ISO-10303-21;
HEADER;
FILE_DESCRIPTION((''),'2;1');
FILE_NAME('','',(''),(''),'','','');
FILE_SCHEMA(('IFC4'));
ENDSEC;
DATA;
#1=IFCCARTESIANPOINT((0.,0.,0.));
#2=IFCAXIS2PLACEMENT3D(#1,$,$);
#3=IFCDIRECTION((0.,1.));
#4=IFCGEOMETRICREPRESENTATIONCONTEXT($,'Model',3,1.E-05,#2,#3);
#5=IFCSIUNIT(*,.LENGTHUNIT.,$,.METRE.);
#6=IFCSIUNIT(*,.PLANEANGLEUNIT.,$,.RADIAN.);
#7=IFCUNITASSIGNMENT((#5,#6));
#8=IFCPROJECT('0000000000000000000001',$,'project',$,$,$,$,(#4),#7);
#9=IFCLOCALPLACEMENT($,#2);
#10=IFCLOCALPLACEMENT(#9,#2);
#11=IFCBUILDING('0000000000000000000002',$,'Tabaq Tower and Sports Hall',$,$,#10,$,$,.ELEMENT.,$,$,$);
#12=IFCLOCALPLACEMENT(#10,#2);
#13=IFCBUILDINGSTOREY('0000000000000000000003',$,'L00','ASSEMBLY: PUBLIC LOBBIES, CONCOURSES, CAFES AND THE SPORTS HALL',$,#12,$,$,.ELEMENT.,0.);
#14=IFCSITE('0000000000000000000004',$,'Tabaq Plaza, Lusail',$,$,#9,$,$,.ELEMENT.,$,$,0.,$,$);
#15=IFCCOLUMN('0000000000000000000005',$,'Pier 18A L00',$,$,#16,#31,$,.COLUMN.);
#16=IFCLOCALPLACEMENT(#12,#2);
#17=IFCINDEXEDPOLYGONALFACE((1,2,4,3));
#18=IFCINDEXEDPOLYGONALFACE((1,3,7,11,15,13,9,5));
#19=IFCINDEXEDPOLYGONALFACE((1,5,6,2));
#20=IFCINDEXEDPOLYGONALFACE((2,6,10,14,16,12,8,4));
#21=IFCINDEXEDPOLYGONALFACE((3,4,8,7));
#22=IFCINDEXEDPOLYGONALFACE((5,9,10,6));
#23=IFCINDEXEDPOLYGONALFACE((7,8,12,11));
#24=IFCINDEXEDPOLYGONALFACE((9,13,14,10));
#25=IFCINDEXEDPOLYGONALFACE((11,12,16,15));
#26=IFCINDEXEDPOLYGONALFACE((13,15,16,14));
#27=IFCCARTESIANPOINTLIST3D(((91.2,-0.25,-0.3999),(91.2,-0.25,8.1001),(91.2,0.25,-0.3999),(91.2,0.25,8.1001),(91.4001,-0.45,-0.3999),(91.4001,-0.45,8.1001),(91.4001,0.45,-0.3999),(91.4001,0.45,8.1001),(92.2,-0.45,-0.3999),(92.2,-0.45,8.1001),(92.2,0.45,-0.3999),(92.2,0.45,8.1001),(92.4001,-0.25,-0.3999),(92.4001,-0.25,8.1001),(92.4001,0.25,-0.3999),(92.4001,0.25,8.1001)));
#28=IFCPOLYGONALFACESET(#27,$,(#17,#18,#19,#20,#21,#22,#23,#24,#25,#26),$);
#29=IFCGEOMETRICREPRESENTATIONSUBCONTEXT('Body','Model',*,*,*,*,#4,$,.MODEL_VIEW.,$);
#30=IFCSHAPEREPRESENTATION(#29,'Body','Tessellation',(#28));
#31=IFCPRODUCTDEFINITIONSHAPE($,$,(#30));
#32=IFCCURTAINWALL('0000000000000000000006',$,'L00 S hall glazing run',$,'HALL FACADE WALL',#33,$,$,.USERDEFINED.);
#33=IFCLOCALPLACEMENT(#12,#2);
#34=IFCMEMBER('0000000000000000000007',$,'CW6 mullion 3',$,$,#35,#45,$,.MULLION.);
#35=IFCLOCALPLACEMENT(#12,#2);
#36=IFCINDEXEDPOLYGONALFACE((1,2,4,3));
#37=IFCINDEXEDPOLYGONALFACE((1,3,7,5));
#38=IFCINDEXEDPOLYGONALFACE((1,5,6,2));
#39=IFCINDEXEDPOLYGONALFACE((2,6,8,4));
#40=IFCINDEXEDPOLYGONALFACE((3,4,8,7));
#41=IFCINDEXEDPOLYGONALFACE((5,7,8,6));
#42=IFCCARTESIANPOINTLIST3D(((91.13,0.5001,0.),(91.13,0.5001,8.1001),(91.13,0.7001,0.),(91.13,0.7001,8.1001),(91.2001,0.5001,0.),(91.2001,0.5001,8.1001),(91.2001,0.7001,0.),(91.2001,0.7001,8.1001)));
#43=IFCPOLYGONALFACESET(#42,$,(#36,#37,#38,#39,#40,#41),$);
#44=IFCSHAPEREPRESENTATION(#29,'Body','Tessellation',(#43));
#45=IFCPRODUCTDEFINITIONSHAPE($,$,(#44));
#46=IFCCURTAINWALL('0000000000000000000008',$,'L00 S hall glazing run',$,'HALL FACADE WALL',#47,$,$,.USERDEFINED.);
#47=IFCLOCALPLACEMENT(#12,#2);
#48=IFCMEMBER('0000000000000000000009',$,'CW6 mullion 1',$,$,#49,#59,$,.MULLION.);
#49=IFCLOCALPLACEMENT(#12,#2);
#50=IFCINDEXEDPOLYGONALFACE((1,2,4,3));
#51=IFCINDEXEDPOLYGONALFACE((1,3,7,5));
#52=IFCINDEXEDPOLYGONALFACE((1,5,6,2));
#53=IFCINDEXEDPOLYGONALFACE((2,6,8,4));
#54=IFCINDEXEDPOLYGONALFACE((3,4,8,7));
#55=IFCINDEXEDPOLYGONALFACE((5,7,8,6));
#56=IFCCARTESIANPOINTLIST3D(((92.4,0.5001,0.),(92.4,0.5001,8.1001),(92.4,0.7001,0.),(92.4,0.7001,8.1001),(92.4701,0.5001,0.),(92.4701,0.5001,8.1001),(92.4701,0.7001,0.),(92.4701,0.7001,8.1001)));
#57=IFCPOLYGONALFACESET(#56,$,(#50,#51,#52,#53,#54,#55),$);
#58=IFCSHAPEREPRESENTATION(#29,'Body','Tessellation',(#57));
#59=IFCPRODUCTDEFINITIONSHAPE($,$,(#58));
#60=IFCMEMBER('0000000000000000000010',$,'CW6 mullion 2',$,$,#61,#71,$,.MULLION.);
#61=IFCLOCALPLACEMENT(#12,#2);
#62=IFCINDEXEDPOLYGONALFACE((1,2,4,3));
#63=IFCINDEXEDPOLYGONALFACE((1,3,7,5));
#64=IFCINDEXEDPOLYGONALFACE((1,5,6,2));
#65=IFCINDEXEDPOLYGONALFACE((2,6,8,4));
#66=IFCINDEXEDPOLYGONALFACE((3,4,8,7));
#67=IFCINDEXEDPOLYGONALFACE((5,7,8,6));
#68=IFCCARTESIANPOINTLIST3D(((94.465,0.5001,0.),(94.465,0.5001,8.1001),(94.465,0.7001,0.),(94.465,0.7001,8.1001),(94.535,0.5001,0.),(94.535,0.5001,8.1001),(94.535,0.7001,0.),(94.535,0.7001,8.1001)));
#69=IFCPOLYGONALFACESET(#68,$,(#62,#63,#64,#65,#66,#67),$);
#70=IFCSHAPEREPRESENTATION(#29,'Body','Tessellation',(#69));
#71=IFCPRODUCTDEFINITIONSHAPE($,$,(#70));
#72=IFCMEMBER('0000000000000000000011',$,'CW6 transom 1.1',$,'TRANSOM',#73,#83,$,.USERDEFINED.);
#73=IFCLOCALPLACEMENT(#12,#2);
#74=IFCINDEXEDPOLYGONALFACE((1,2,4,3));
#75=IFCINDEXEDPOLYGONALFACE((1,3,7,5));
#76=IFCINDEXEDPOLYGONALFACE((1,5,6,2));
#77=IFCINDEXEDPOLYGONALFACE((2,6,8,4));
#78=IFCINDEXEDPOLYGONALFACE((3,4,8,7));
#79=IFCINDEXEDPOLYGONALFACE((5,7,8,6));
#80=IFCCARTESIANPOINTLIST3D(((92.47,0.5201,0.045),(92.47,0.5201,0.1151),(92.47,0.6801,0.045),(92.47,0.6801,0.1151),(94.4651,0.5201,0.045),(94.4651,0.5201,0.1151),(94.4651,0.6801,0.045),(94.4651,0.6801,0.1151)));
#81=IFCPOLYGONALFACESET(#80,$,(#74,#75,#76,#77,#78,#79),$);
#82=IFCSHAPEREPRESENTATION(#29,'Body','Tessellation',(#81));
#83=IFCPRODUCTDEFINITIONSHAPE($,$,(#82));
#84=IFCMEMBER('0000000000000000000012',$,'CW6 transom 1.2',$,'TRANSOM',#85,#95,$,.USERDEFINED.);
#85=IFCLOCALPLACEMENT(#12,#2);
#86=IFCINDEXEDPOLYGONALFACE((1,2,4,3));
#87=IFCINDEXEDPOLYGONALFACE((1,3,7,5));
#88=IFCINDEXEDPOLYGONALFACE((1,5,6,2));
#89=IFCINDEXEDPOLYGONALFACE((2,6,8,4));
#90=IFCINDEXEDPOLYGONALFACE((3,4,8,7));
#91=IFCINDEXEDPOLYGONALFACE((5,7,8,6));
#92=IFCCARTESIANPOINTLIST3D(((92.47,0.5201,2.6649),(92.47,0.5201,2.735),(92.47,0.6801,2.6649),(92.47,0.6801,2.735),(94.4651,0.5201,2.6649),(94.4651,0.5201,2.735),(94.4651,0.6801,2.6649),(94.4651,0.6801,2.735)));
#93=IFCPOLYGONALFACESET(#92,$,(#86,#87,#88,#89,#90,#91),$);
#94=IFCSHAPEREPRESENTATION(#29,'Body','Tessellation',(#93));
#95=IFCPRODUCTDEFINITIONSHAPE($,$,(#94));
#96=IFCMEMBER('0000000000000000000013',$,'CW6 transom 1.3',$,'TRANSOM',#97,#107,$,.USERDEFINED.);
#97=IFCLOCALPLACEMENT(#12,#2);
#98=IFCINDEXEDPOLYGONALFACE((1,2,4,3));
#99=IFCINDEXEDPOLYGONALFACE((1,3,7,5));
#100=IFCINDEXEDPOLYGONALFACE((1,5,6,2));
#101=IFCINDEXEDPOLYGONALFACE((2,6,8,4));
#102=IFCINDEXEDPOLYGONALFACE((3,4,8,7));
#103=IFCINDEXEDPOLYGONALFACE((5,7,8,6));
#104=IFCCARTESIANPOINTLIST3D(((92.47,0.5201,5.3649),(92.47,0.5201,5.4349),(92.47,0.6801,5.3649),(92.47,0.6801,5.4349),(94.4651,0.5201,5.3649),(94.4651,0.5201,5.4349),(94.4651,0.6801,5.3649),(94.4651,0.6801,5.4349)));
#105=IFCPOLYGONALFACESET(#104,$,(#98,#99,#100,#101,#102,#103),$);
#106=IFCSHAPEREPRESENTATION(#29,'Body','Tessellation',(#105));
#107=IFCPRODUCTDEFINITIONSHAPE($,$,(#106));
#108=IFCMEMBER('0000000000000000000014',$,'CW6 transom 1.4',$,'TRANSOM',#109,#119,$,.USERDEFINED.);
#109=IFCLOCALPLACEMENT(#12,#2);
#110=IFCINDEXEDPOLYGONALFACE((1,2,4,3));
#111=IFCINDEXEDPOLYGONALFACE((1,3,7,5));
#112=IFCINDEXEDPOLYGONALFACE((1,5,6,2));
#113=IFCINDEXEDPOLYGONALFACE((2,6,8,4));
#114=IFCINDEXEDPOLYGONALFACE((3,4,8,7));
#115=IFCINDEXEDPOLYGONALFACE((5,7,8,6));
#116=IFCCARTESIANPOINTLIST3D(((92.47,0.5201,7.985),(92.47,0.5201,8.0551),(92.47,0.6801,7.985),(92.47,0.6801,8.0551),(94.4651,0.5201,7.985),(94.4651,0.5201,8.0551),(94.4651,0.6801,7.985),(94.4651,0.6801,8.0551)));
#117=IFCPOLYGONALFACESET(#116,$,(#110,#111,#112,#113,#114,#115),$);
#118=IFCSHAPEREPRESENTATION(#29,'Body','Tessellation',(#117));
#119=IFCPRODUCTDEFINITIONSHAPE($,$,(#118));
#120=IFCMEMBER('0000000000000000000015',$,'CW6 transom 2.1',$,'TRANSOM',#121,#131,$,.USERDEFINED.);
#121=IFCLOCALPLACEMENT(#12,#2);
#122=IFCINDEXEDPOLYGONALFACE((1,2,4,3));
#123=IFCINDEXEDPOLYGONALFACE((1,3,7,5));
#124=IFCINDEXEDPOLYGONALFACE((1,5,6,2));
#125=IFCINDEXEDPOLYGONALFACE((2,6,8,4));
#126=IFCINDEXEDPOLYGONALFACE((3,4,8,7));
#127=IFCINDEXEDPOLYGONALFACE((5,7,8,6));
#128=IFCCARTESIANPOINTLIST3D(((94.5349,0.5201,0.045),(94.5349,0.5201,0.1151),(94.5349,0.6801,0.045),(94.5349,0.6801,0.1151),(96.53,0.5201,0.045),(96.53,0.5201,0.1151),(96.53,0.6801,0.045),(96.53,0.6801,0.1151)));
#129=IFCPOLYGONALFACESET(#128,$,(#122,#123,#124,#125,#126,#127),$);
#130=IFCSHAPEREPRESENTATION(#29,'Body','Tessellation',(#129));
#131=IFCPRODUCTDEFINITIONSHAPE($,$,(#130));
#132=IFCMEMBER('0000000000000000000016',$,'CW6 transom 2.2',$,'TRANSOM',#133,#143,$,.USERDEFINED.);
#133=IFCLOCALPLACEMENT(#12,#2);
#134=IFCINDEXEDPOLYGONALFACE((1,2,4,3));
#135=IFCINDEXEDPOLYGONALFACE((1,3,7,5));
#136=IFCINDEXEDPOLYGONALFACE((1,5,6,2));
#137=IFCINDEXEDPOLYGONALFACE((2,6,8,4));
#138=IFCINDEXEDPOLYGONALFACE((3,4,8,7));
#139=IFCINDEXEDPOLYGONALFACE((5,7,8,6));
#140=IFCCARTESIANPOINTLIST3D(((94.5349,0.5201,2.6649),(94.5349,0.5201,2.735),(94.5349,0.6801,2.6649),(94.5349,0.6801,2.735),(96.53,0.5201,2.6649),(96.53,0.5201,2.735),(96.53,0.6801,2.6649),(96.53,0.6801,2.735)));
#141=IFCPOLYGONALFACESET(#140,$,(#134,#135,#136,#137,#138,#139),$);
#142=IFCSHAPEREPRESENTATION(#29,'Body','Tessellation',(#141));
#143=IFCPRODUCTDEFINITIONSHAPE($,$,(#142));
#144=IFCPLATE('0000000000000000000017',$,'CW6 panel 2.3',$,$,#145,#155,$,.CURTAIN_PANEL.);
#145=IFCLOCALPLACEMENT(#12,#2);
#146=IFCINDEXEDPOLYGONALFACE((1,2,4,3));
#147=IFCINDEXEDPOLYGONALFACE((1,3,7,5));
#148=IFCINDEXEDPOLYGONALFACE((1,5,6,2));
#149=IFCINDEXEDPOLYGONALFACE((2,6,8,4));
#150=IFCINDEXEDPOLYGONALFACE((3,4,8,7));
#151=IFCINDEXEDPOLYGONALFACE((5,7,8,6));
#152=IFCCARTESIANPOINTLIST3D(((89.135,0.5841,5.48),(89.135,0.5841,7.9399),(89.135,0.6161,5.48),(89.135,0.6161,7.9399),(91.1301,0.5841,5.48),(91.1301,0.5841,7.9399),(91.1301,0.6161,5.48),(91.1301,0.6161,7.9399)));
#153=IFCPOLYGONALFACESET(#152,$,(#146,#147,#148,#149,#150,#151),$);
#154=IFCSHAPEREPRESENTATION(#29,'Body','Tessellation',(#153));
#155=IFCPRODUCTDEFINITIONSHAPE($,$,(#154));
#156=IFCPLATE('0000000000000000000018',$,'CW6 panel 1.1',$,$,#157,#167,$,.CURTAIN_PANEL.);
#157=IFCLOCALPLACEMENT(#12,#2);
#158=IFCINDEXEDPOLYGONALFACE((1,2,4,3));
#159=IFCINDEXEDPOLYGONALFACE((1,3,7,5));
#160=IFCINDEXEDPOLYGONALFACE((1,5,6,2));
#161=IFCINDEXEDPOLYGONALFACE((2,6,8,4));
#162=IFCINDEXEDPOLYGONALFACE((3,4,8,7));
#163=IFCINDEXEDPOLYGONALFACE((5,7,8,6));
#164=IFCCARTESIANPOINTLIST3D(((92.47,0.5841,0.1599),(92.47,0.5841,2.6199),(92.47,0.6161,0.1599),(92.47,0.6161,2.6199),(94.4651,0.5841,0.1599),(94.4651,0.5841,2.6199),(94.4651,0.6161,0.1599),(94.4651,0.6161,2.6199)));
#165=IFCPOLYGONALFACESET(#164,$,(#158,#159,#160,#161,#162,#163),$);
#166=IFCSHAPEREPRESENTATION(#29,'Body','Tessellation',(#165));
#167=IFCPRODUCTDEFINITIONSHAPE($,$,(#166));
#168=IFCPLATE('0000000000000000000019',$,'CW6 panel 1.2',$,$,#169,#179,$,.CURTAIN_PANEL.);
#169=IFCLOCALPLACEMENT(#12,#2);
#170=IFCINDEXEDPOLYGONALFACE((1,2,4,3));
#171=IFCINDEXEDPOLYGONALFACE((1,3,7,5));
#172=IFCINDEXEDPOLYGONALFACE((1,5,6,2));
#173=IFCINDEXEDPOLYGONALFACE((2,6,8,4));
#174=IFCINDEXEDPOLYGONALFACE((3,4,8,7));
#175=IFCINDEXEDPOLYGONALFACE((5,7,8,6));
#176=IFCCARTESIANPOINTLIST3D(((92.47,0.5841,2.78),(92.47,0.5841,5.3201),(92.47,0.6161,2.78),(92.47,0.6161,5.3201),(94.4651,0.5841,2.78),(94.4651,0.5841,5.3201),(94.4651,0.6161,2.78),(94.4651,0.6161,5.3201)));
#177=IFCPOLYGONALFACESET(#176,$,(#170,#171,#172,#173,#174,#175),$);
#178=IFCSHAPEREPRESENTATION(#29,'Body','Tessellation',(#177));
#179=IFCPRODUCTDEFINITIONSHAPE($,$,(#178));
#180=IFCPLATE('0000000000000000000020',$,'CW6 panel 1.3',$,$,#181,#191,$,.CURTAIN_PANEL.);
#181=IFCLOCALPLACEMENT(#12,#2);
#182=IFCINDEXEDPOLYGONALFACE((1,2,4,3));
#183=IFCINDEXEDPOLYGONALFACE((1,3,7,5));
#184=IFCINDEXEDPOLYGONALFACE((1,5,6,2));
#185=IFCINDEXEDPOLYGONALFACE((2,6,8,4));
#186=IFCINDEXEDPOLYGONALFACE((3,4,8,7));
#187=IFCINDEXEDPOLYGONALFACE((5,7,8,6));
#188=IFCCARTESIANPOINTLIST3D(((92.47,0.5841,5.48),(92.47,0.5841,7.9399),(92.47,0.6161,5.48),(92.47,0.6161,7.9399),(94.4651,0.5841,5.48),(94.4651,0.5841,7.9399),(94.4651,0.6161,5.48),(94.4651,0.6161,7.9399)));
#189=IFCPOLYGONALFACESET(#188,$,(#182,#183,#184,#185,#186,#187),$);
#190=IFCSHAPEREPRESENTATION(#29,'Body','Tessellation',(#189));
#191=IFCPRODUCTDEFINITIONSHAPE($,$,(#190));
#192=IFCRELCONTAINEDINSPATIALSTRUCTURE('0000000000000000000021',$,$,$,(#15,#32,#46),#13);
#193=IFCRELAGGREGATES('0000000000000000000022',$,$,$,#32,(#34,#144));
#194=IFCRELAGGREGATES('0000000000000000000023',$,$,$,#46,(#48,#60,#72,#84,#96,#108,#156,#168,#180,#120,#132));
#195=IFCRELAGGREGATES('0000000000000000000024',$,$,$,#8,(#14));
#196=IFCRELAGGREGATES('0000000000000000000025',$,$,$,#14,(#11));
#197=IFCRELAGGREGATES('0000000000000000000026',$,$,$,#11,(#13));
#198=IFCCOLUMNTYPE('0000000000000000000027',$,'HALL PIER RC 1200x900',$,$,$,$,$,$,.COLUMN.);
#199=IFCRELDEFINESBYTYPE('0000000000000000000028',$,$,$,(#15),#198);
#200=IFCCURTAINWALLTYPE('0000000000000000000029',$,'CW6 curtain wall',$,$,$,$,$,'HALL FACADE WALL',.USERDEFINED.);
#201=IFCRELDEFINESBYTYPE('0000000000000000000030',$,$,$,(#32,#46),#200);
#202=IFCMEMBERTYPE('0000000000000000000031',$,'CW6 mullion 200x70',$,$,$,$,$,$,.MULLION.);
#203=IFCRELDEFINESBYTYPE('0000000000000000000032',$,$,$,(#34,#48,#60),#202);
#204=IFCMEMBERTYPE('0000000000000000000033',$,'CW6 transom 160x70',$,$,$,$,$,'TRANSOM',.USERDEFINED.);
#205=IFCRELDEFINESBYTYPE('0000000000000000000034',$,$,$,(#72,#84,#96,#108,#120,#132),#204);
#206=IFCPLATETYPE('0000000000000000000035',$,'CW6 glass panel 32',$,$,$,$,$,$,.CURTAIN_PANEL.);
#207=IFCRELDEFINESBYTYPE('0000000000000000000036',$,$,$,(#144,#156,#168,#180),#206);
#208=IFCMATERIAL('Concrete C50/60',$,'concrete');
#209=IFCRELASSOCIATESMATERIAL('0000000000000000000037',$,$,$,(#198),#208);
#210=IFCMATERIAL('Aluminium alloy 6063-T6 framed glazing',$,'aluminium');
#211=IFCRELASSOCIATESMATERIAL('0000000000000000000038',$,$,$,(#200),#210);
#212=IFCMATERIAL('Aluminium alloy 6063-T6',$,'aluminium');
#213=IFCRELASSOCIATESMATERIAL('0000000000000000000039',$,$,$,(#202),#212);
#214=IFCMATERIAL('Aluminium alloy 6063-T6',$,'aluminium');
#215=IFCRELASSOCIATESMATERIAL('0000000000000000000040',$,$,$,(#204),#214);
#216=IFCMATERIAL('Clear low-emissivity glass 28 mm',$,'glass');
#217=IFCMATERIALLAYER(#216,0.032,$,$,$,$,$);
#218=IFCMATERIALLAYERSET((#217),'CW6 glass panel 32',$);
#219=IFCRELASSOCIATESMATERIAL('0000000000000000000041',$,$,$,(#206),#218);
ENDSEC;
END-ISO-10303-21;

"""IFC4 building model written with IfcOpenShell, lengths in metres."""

from ifc_helpers import new_model, si_unit, direction, frame, origin, origin_2d, place, context, subcontext, project, spatial, polyline, rectangle, outline, extrude, material, layer, layer_set, material_profile, profile_set, type_object, element, aggregate, save


model = new_model("IFC4")

# Units and contexts
model_context = context("Model", 3, precision=1e-05, world=origin(), true_north=direction((0.0, 1.0)))
body_context = subcontext(model_context, "Body", "Model", "MODEL_VIEW")
ifc_project = project(units=[si_unit("LENGTHUNIT", "METRE"), si_unit("PLANEANGLEUNIT", "RADIAN")], contexts=[model_context])

# Site, building, storey
site_placement = place(None, origin())
site = spatial("IfcSite", under=ifc_project, at=site_placement, Name="Tabaq Plaza, Lusail", CompositionType="ELEMENT", RefElevation=0.0)
building_placement = place(site_placement, origin())
building = spatial("IfcBuilding", under=site, at=building_placement, Name="Tabaq Tower and Sports Hall", CompositionType="ELEMENT")
storey_placement = place(building_placement, origin())
storey = spatial("IfcBuildingStorey", under=building, at=storey_placement, Name="L00", Description="ASSEMBLY: PUBLIC LOBBIES, CONCOURSES, CAFES AND THE SPORTS HALL", CompositionType="ELEMENT", Elevation=0.0)

# Column
ifc_material_1 = material(Name="Concrete C50/60", Category="concrete")
ifc_material_profile_1 = material_profile(ifc_material_1, outline(polyline([(-0.3999, -0.45), (0.3999, -0.45), (0.6001, -0.25), (0.6001, 0.25), (0.3999, 0.45), (-0.3999, 0.45), (-0.6001, 0.25), (-0.6001, -0.25), (-0.3999, -0.45)])), Name="PIER 1200x900")
ifc_profile_set_1 = profile_set([ifc_material_profile_1], Name="Concrete C50/60")
column_type_1 = type_object("IfcColumnType", Name="HALL PIER RC 1200x900", PredefinedType="COLUMN", material=ifc_profile_set_1)
column_1_placement = place(storey_placement, frame((91.8, 0.0, -0.3999), z_axis=(0.0, 0.0, 1.0), x_axis=(1.0, 0.0, 0.0)))
element("IfcColumn", 1, at=column_1_placement, inside=storey, type_object=column_type_1, Name="Pier 18A L00", PredefinedType="COLUMN", context=body_context, shape_type="SweptSolid", body=[
    extrude(outline(polyline([(-0.3999, -0.45), (0.3999, -0.45), (0.6001, -0.25), (0.6001, 0.25), (0.3999, 0.45), (-0.3999, 0.45), (-0.6001, 0.25), (-0.6001, -0.25), (-0.3999, -0.45)])), origin(), (0.0, 0.0, 1.0), 8.5),
])

# Curtain wall, member
ifc_material_2 = material(Name="Aluminium alloy 6063-T6 framed glazing", Category="aluminium")
curtain_wall_type = type_object("IfcCurtainWallType", Name="CW6 curtain wall", ElementType="HALL FACADE WALL", PredefinedType="USERDEFINED", material=ifc_material_2)
curtain_wall_1_placement = place(storey_placement, origin())
curtain_wall_1 = element("IfcCurtainWall", 2, at=curtain_wall_1_placement, inside=storey, type_object=curtain_wall_type, Name="L00 S hall glazing run", ObjectType="HALL FACADE WALL", PredefinedType="USERDEFINED")
ifc_material_3 = material(Name="Aluminium alloy 6063-T6", Category="aluminium")
ifc_material_profile_2 = material_profile(ifc_material_3, rectangle(XDim=0.2, YDim=0.0701, at=origin_2d()), Name="MULLION 200x70")
ifc_profile_set_2 = profile_set([ifc_material_profile_2], Name="Aluminium alloy 6063-T6")
member_type_1 = type_object("IfcMemberType", Name="CW6 mullion 200x70", PredefinedType="MULLION", material=ifc_profile_set_2)
member_1_placement = place(storey_placement, frame((91.165, 0.6001, 0.0), z_axis=(0.0, 0.0, 1.0), x_axis=(0.0, 1.0, 0.0)))
member_1 = element("IfcMember", 3, at=member_1_placement, type_object=member_type_1, Name="CW6 mullion 3", PredefinedType="MULLION", context=body_context, shape_type="SweptSolid", body=[
    extrude(rectangle(XDim=0.2, YDim=0.0701, at=origin_2d()), origin(), (0.0, 0.0, 1.0), 8.1001),
])

# Curtain wall, members
curtain_wall_2_placement = place(storey_placement, origin())
curtain_wall_2 = element("IfcCurtainWall", 4, at=curtain_wall_2_placement, inside=storey, type_object=curtain_wall_type, Name="L00 S hall glazing run", ObjectType="HALL FACADE WALL", PredefinedType="USERDEFINED")
member_2_placement = place(storey_placement, frame((92.4351, 0.6001, 0.0), z_axis=(0.0, 0.0, 1.0), x_axis=(0.0, 1.0, 0.0)))
member_2 = element("IfcMember", 5, at=member_2_placement, type_object=member_type_1, Name="CW6 mullion 1", PredefinedType="MULLION", context=body_context, shape_type="SweptSolid", body=[
    extrude(rectangle(XDim=0.2, YDim=0.0701, at=origin_2d()), origin(), (0.0, 0.0, 1.0), 8.1001),
])
member_3_placement = place(storey_placement, frame((94.5, 0.6001, 0.0), z_axis=(0.0, 0.0, 1.0), x_axis=(0.0, 1.0, 0.0)))
member_3 = element("IfcMember", 6, at=member_3_placement, type_object=member_type_1, Name="CW6 mullion 2", PredefinedType="MULLION", context=body_context, shape_type="SweptSolid", body=[
    extrude(rectangle(XDim=0.2, YDim=0.0701, at=origin_2d()), origin(), (0.0, 0.0, 1.0), 8.1001),
])
ifc_material_4 = material(Name="Aluminium alloy 6063-T6", Category="aluminium")
ifc_material_profile_3 = material_profile(ifc_material_4, rectangle(XDim=0.1599, YDim=0.0701, at=origin_2d()), Name="TRANSOM 160x70")
ifc_profile_set_3 = profile_set([ifc_material_profile_3], Name="Aluminium alloy 6063-T6")
member_type_2 = type_object("IfcMemberType", Name="CW6 transom 160x70", ElementType="TRANSOM", PredefinedType="USERDEFINED", material=ifc_profile_set_3)
member_4_placement = place(storey_placement, frame((92.47, 0.6001, 0.0801), z_axis=(1.0, 0.0, 0.0), x_axis=(0.0, 1.0, 0.0)))
member_4 = element("IfcMember", 7, at=member_4_placement, type_object=member_type_2, Name="CW6 transom 1.1", ObjectType="TRANSOM", PredefinedType="USERDEFINED", context=body_context, shape_type="SweptSolid", body=[
    extrude(rectangle(XDim=0.1599, YDim=0.0701, at=origin_2d()), origin(), (0.0, 0.0, 1.0), 1.9951),
])
member_5_placement = place(storey_placement, frame((92.47, 0.6001, 2.7), z_axis=(1.0, 0.0, 0.0), x_axis=(0.0, 1.0, 0.0)))
member_5 = element("IfcMember", 8, at=member_5_placement, type_object=member_type_2, Name="CW6 transom 1.2", ObjectType="TRANSOM", PredefinedType="USERDEFINED", context=body_context, shape_type="SweptSolid", body=[
    extrude(rectangle(XDim=0.1599, YDim=0.0701, at=origin_2d()), origin(), (0.0, 0.0, 1.0), 1.9951),
])
member_6_placement = place(storey_placement, frame((92.47, 0.6001, 5.3999), z_axis=(1.0, 0.0, 0.0), x_axis=(0.0, 1.0, 0.0)))
member_6 = element("IfcMember", 9, at=member_6_placement, type_object=member_type_2, Name="CW6 transom 1.3", ObjectType="TRANSOM", PredefinedType="USERDEFINED", context=body_context, shape_type="SweptSolid", body=[
    extrude(rectangle(XDim=0.1599, YDim=0.0701, at=origin_2d()), origin(), (0.0, 0.0, 1.0), 1.9951),
])
member_7_placement = place(storey_placement, frame((92.47, 0.6001, 8.02), z_axis=(1.0, 0.0, 0.0), x_axis=(0.0, 1.0, 0.0)))
member_7 = element("IfcMember", 10, at=member_7_placement, type_object=member_type_2, Name="CW6 transom 1.4", ObjectType="TRANSOM", PredefinedType="USERDEFINED", context=body_context, shape_type="SweptSolid", body=[
    extrude(rectangle(XDim=0.1599, YDim=0.0701, at=origin_2d()), origin(), (0.0, 0.0, 1.0), 1.9951),
])
member_8_placement = place(storey_placement, frame((94.5349, 0.6001, 0.0801), z_axis=(1.0, 0.0, 0.0), x_axis=(0.0, 1.0, 0.0)))
member_8 = element("IfcMember", 11, at=member_8_placement, type_object=member_type_2, Name="CW6 transom 2.1", ObjectType="TRANSOM", PredefinedType="USERDEFINED", context=body_context, shape_type="SweptSolid", body=[
    extrude(rectangle(XDim=0.1599, YDim=0.0701, at=origin_2d()), origin(), (0.0, 0.0, 1.0), 1.9951),
])
member_9_placement = place(storey_placement, frame((94.5349, 0.6001, 2.7), z_axis=(1.0, 0.0, 0.0), x_axis=(0.0, 1.0, 0.0)))
member_9 = element("IfcMember", 12, at=member_9_placement, type_object=member_type_2, Name="CW6 transom 2.2", ObjectType="TRANSOM", PredefinedType="USERDEFINED", context=body_context, shape_type="SweptSolid", body=[
    extrude(rectangle(XDim=0.1599, YDim=0.0701, at=origin_2d()), origin(), (0.0, 0.0, 1.0), 1.9951),
])

# Plates
ifc_material_5 = material(Name="Clear low-emissivity glass 28 mm", Category="glass")
ifc_layer_1 = layer(ifc_material_5, 0.032)
ifc_layer_set_1 = layer_set([ifc_layer_1], Name="CW6 glass panel 32")
plate_type = type_object("IfcPlateType", Name="CW6 glass panel 32", PredefinedType="CURTAIN_PANEL", material=ifc_layer_set_1)
plate_1_placement = place(storey_placement, frame((90.1326, 0.6001, 5.48), z_axis=(0.0, 0.0, 1.0), x_axis=(1.0, 0.0, 0.0)))
plate_1 = element("IfcPlate", 13, at=plate_1_placement, type_object=plate_type, Name="CW6 panel 2.3", PredefinedType="CURTAIN_PANEL", context=body_context, shape_type="SweptSolid", body=[
    extrude(rectangle(XDim=1.9951, YDim=0.032, at=origin_2d()), origin(), (0.0, 0.0, 1.0), 2.46),
])
aggregate(curtain_wall_1, [member_1, plate_1])
plate_2_placement = place(storey_placement, frame((93.4675, 0.6001, 0.1599), z_axis=(0.0, 0.0, 1.0), x_axis=(1.0, 0.0, 0.0)))
plate_2 = element("IfcPlate", 14, at=plate_2_placement, type_object=plate_type, Name="CW6 panel 1.1", PredefinedType="CURTAIN_PANEL", context=body_context, shape_type="SweptSolid", body=[
    extrude(rectangle(XDim=1.9951, YDim=0.032, at=origin_2d()), origin(), (0.0, 0.0, 1.0), 2.46),
])
plate_3_placement = place(storey_placement, frame((93.4675, 0.6001, 2.78), z_axis=(0.0, 0.0, 1.0), x_axis=(1.0, 0.0, 0.0)))
plate_3 = element("IfcPlate", 15, at=plate_3_placement, type_object=plate_type, Name="CW6 panel 1.2", PredefinedType="CURTAIN_PANEL", context=body_context, shape_type="SweptSolid", body=[
    extrude(rectangle(XDim=1.9951, YDim=0.032, at=origin_2d()), origin(), (0.0, 0.0, 1.0), 2.54),
])
plate_4_placement = place(storey_placement, frame((93.4675, 0.6001, 5.48), z_axis=(0.0, 0.0, 1.0), x_axis=(1.0, 0.0, 0.0)))
plate_4 = element("IfcPlate", 16, at=plate_4_placement, type_object=plate_type, Name="CW6 panel 1.3", PredefinedType="CURTAIN_PANEL", context=body_context, shape_type="SweptSolid", body=[
    extrude(rectangle(XDim=1.9951, YDim=0.032, at=origin_2d()), origin(), (0.0, 0.0, 1.0), 2.46),
])
aggregate(curtain_wall_2, [member_2, member_3, member_4, member_5, member_6, member_7, plate_2, plate_3, plate_4, member_8, member_9])

save(model, "model.ifc")
